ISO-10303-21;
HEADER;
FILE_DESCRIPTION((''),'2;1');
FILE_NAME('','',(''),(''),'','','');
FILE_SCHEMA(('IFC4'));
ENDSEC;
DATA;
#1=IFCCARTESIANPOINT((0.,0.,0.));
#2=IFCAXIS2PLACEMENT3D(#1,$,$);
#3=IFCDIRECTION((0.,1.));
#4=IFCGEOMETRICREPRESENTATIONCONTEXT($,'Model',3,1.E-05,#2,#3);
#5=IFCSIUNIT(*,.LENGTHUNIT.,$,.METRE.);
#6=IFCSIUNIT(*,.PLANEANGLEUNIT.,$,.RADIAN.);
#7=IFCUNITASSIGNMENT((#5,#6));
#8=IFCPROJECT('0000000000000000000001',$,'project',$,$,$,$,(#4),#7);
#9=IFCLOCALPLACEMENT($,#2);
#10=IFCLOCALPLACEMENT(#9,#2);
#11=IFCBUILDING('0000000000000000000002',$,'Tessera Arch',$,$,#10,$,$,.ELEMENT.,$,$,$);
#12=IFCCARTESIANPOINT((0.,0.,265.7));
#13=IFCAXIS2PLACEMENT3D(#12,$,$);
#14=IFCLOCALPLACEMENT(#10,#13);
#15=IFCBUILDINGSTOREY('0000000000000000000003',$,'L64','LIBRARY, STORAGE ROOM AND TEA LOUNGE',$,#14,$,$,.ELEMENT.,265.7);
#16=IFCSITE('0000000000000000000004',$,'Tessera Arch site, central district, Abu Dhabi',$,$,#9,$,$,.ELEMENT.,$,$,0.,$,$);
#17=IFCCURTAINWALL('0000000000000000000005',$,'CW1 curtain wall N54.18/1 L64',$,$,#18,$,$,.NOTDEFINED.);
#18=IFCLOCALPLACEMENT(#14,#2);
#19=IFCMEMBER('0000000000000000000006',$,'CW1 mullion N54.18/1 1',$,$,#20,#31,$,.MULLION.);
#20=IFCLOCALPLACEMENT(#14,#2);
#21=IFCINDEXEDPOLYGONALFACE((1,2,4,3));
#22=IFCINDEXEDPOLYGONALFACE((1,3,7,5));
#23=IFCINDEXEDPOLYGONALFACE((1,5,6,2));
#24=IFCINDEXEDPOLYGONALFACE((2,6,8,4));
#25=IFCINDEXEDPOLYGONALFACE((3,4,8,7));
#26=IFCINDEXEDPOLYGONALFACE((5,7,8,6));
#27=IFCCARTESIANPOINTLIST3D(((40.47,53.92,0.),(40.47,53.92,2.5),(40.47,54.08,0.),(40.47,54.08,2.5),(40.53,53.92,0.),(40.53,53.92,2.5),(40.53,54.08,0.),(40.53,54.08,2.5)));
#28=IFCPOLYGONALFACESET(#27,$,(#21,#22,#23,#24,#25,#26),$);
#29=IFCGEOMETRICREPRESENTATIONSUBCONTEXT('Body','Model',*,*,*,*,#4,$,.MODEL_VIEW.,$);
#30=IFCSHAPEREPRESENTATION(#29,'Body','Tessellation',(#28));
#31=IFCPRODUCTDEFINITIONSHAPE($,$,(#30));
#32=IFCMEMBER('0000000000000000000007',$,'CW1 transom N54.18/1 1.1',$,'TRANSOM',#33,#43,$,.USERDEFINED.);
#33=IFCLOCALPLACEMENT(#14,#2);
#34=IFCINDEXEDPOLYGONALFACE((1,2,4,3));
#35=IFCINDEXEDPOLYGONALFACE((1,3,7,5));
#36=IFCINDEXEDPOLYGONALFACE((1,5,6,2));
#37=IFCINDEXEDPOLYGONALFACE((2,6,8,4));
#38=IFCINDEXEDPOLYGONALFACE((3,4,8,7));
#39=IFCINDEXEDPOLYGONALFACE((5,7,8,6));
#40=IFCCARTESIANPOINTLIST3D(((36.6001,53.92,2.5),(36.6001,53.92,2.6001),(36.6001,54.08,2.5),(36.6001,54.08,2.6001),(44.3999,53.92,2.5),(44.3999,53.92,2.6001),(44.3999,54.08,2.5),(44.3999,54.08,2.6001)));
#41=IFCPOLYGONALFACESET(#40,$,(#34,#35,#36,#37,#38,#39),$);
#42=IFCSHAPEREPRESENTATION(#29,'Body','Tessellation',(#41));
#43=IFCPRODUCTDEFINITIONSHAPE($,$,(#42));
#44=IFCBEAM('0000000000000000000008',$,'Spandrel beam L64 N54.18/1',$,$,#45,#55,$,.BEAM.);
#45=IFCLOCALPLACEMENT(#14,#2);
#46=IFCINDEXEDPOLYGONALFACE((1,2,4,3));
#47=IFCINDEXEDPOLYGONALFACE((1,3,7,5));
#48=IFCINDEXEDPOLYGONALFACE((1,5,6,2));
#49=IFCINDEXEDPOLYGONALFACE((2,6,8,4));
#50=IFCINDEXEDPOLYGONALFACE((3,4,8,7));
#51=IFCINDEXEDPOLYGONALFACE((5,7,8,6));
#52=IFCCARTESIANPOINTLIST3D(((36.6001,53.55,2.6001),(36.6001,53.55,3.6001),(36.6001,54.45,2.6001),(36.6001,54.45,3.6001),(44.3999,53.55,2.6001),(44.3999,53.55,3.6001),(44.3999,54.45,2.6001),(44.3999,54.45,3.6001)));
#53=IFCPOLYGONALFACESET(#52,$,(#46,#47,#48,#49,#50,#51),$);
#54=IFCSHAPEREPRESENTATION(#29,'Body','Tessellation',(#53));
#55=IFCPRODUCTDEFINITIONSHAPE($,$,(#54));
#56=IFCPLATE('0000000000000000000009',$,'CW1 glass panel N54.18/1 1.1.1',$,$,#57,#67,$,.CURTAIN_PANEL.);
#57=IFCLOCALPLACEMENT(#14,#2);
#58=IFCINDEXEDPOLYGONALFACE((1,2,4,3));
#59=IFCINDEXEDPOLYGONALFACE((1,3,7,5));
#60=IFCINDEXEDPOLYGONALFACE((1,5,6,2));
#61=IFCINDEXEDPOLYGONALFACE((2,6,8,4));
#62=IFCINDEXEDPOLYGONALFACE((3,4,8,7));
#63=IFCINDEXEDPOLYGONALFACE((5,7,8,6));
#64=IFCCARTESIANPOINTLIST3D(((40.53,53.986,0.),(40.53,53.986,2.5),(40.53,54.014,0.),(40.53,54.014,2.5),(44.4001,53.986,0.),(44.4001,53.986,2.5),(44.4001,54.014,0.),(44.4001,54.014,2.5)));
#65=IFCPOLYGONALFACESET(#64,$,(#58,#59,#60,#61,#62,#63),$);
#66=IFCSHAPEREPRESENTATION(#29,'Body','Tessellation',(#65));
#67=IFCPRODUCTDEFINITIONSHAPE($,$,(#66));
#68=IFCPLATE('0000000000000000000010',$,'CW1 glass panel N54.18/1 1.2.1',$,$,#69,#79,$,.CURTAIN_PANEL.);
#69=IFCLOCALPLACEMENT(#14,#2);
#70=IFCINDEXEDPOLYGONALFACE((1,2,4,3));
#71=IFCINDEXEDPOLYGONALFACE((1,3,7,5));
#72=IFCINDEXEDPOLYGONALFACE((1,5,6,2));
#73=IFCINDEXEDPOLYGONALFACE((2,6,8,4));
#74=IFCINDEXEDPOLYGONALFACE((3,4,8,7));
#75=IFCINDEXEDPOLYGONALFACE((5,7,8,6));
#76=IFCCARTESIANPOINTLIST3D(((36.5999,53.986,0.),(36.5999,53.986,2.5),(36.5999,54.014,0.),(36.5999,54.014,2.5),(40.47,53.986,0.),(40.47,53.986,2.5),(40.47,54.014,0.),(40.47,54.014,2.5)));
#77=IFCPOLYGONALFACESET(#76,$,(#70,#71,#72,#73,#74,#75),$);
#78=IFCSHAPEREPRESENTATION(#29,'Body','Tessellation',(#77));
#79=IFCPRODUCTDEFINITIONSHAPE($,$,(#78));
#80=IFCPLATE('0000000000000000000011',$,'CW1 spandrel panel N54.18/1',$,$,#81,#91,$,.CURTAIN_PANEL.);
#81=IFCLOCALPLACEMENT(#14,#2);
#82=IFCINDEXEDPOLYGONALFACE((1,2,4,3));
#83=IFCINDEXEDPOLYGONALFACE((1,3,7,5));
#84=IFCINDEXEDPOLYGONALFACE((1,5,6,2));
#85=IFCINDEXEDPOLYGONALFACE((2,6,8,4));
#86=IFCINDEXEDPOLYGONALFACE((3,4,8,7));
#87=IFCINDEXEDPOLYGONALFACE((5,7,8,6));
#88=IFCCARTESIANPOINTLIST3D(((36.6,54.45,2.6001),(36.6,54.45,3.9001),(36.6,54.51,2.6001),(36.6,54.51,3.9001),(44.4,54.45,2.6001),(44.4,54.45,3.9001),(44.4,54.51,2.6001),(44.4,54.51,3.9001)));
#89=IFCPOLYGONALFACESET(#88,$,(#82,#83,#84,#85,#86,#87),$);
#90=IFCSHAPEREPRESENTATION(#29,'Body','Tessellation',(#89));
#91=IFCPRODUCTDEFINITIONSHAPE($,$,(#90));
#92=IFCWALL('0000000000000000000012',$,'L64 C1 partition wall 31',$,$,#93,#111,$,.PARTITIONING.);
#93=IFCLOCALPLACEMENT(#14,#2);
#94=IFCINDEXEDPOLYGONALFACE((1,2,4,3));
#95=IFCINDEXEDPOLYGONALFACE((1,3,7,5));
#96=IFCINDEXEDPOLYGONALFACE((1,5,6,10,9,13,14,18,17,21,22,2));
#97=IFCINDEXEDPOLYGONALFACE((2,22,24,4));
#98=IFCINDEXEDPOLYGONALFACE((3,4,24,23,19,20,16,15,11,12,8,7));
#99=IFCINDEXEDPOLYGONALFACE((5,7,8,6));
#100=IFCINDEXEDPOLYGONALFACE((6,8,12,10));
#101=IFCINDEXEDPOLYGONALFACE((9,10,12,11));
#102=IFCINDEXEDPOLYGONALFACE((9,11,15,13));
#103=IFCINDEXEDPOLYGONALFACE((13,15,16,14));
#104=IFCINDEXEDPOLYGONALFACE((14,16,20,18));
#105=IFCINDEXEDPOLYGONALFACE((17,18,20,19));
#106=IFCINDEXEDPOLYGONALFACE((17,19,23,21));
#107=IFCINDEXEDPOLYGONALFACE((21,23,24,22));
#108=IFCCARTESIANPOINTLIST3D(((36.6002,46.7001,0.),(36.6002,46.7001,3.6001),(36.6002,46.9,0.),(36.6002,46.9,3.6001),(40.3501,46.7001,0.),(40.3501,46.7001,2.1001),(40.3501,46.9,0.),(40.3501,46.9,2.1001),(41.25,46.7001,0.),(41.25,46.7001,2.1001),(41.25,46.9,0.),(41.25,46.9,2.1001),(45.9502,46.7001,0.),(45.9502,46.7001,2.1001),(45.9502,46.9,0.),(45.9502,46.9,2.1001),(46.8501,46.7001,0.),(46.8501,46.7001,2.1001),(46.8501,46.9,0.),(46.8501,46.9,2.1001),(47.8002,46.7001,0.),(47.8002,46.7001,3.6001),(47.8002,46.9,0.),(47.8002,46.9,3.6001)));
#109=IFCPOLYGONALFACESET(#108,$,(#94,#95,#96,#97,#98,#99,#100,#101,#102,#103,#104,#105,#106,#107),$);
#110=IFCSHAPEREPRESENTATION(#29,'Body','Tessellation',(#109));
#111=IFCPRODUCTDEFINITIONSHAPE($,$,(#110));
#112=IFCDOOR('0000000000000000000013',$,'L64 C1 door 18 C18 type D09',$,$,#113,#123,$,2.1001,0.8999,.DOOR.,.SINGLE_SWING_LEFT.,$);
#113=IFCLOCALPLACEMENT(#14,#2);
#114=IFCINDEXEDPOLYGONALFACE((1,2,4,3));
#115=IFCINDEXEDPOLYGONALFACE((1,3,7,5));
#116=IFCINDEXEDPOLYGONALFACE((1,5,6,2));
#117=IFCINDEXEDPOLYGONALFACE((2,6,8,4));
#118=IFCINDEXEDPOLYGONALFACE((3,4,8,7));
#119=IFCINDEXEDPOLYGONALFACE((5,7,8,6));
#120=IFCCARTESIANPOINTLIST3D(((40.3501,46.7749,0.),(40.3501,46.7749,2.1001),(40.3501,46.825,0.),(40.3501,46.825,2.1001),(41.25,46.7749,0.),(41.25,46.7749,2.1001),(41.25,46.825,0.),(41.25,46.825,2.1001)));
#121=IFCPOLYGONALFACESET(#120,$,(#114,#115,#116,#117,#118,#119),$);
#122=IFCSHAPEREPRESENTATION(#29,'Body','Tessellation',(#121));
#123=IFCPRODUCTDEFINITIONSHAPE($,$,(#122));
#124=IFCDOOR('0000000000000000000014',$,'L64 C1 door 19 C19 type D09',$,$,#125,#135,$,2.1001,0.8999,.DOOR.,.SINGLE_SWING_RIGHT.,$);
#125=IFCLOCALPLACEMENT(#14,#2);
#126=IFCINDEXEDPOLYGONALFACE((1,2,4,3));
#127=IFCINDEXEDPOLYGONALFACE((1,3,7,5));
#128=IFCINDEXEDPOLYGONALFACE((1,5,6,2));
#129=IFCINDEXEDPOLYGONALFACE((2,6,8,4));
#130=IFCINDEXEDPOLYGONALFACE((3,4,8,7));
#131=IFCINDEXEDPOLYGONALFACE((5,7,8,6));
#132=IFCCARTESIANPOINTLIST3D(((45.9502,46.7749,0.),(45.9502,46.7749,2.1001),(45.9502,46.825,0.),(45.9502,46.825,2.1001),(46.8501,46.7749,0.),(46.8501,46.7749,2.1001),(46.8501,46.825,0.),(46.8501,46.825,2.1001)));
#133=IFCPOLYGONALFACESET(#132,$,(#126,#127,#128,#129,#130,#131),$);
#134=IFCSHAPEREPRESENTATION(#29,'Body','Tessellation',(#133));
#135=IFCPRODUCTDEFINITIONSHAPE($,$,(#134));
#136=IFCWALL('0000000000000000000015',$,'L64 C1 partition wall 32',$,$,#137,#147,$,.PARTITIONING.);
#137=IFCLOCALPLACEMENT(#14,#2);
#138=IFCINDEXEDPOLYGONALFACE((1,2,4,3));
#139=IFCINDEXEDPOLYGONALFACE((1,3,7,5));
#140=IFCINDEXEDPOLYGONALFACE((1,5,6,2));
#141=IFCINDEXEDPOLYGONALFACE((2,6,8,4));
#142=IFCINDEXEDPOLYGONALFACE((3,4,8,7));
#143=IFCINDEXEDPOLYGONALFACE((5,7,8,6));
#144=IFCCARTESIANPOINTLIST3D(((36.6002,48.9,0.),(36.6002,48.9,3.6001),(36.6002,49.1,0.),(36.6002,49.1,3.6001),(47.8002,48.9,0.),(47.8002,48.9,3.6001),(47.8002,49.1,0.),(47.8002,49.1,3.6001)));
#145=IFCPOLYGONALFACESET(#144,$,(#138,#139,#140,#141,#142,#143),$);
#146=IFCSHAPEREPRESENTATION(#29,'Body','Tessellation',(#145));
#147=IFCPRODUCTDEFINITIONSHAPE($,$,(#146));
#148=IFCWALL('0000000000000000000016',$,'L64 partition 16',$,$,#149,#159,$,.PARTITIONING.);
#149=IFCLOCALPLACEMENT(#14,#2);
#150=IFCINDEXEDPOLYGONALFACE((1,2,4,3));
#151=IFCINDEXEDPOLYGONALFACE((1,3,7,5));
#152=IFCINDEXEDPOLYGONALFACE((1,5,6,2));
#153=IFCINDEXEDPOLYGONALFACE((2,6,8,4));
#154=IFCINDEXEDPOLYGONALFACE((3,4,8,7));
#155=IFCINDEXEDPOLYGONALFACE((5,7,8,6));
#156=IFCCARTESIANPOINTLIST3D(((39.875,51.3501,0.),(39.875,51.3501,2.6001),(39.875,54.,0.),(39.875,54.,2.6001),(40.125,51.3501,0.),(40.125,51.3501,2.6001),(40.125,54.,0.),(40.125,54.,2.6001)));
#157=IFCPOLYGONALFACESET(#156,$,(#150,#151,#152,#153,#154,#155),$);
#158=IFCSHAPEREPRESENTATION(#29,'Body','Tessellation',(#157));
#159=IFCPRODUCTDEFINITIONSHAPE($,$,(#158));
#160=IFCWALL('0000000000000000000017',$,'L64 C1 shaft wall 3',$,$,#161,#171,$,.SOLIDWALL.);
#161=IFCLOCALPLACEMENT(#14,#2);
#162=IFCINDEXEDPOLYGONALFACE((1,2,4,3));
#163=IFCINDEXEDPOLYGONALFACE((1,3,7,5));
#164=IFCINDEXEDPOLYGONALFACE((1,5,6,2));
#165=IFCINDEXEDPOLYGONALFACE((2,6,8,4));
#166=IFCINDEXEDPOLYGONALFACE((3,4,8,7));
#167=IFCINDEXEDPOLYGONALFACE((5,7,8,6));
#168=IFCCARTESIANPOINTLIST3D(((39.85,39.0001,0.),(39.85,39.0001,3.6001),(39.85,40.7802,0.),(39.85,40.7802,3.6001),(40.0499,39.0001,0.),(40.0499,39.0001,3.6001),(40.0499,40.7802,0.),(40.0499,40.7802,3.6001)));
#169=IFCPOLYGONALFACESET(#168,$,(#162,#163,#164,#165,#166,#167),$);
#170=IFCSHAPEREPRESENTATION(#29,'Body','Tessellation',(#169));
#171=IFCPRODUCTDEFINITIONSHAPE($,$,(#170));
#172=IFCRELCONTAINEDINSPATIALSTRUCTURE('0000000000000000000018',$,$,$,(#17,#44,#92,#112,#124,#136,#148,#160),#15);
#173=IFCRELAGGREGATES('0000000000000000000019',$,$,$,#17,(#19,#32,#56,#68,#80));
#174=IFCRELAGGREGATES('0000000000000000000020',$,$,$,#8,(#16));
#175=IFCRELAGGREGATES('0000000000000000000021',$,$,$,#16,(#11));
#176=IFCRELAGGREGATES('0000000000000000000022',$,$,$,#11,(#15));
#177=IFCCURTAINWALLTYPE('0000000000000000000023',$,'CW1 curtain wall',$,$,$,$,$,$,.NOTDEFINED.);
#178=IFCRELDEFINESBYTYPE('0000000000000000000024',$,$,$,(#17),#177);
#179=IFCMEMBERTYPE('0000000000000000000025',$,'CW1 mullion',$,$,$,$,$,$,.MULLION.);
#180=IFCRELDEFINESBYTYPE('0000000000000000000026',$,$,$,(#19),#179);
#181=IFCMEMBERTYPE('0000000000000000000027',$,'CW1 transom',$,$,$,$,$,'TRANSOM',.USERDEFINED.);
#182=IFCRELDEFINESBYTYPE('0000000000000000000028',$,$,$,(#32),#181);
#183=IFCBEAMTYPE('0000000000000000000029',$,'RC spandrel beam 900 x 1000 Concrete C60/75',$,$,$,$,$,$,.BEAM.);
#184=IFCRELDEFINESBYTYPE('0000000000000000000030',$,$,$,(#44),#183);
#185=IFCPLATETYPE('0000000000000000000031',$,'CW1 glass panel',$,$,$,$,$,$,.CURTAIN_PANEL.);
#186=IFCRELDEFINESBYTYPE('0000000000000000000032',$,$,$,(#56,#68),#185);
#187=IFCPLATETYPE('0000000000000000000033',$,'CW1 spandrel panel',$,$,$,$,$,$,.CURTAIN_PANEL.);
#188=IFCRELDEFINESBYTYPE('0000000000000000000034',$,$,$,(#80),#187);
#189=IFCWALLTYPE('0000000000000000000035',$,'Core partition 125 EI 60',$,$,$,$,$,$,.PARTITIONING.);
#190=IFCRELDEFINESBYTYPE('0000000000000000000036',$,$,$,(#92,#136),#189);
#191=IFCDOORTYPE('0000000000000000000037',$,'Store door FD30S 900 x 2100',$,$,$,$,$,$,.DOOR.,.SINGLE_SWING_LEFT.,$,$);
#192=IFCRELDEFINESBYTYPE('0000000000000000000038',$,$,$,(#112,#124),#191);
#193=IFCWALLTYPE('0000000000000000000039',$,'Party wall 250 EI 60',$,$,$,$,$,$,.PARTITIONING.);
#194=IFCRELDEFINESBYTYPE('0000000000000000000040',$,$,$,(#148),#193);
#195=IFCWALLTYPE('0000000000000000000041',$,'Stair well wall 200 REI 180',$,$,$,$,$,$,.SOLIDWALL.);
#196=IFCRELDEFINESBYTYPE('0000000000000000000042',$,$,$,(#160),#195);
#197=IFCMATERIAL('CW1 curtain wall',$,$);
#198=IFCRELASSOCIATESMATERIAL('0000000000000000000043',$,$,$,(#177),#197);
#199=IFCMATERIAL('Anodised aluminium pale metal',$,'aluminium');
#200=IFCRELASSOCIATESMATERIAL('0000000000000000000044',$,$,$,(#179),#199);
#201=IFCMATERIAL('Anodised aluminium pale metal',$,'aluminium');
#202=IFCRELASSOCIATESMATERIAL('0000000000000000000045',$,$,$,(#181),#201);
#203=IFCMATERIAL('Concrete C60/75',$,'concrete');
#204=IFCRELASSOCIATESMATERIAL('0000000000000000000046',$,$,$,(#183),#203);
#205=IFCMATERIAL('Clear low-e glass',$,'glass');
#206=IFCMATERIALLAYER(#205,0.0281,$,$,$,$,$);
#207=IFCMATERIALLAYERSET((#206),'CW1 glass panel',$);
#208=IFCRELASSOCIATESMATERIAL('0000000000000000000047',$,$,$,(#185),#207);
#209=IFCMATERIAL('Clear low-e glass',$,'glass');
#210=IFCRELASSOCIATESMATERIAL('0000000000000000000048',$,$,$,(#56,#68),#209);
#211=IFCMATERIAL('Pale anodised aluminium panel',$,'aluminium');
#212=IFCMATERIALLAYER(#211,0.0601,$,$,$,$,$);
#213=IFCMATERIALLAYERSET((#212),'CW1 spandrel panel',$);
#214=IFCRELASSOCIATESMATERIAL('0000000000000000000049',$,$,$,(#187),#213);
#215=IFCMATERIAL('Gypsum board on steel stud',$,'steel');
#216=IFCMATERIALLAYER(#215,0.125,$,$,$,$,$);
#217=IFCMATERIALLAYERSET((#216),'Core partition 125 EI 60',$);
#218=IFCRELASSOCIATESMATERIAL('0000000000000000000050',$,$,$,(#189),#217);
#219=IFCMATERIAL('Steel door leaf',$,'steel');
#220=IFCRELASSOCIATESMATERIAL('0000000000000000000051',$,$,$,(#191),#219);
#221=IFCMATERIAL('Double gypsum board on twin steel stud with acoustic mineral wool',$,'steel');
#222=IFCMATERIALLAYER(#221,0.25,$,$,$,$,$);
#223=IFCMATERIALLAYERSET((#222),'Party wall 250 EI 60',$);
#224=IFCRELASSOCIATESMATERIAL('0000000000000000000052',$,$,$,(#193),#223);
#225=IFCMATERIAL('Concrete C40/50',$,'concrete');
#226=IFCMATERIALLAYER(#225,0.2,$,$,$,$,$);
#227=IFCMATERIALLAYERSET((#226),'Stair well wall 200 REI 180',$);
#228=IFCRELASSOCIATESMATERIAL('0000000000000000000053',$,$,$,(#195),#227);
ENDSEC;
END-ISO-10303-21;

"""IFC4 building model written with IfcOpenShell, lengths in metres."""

from ifc_helpers import new_model, si_unit, direction, frame, frame_2d, origin, origin_2d, place, context, subcontext, project, spatial, rectangle, extrude, material, layer, layer_set, material_profile, profile_set, type_object, element, fill, aggregate, save


model = new_model("IFC4")

# Units and contexts
model_context = context("Model", 3, precision=1e-05, world=origin(), true_north=direction((0.0, 1.0)))
body_context = subcontext(model_context, "Body", "Model", "MODEL_VIEW")
ifc_project = project(units=[si_unit("LENGTHUNIT", "METRE"), si_unit("PLANEANGLEUNIT", "RADIAN")], contexts=[model_context])

# Site, building, storey
site_placement = place(None, origin())
site = spatial("IfcSite", under=ifc_project, at=site_placement, Name="Tessera Arch site, central district, Abu Dhabi", CompositionType="ELEMENT", RefElevation=0.0)
building_placement = place(site_placement, origin())
building = spatial("IfcBuilding", under=site, at=building_placement, Name="Tessera Arch", CompositionType="ELEMENT")
storey_placement = place(building_placement, frame((0.0, 0.0, 265.7)))
storey = spatial("IfcBuildingStorey", under=building, at=storey_placement, Name="L64", Description="LIBRARY, STORAGE ROOM AND TEA LOUNGE", CompositionType="ELEMENT", Elevation=265.7)

# Curtain wall, members
ifc_material_1 = material(Name="CW1 curtain wall")
curtain_wall_type = type_object("IfcCurtainWallType", Name="CW1 curtain wall", PredefinedType="NOTDEFINED", material=ifc_material_1)
curtain_wall_placement = place(storey_placement, origin())
curtain_wall = element("IfcCurtainWall", 1, at=curtain_wall_placement, inside=storey, type_object=curtain_wall_type, Name="CW1 curtain wall N54.18/1 L64", PredefinedType="NOTDEFINED")
ifc_material_2 = material(Name="Anodised aluminium pale metal", Category="aluminium")
ifc_material_profile_1 = material_profile(ifc_material_2, rectangle(XDim=0.1599, YDim=0.0601, at=origin_2d()), Name="AL 60x160")
ifc_profile_set_1 = profile_set([ifc_material_profile_1], Name="Anodised aluminium pale metal")
member_type_1 = type_object("IfcMemberType", Name="CW1 mullion", PredefinedType="MULLION", material=ifc_profile_set_1)
member_1_placement = place(storey_placement, frame((40.5, 54.0, 0.0), z_axis=(0.0, 0.0, 1.0), x_axis=(0.0, -1.0, 0.0)))
member_1 = element("IfcMember", 2, at=member_1_placement, type_object=member_type_1, Name="CW1 mullion N54.18/1 1", PredefinedType="MULLION", context=body_context, shape_type="SweptSolid", body=[
    extrude(rectangle(XDim=0.1599, YDim=0.0601, at=origin_2d()), origin(), (0.0, 0.0, 1.0), 2.5),
])
ifc_material_3 = material(Name="Anodised aluminium pale metal", Category="aluminium")
ifc_material_profile_2 = material_profile(ifc_material_3, rectangle(XDim=0.1599, YDim=0.1001, at=origin_2d()), Name="AL 160x100")
ifc_profile_set_2 = profile_set([ifc_material_profile_2], Name="Anodised aluminium pale metal")
member_type_2 = type_object("IfcMemberType", Name="CW1 transom", ElementType="TRANSOM", PredefinedType="USERDEFINED", material=ifc_profile_set_2)
member_2_placement = place(storey_placement, frame((44.3999, 54.0, 2.55), z_axis=(-1.0, 0.0, 0.0), x_axis=(0.0, -1.0, 0.0)))
member_2 = element("IfcMember", 3, at=member_2_placement, type_object=member_type_2, Name="CW1 transom N54.18/1 1.1", ObjectType="TRANSOM", PredefinedType="USERDEFINED", context=body_context, shape_type="SweptSolid", body=[
    extrude(rectangle(XDim=0.1599, YDim=0.1001, at=origin_2d()), origin(), (0.0, 0.0, 1.0), 7.7998),
])

# Beam
ifc_material_4 = material(Name="Concrete C60/75", Category="concrete")
ifc_material_profile_3 = material_profile(ifc_material_4, rectangle(XDim=0.8999, YDim=1.0, at=origin_2d()), Name="RC spandrel beam 900 x 1000 Concrete C60/75")
ifc_profile_set_3 = profile_set([ifc_material_profile_3], Name="Concrete C60/75")
beam_type = type_object("IfcBeamType", Name="RC spandrel beam 900 x 1000 Concrete C60/75", PredefinedType="BEAM", material=ifc_profile_set_3)
beam_placement = place(storey_placement, frame((44.3999, 54.0, 3.1001), z_axis=(-1.0, 0.0, 0.0), x_axis=(0.0, -1.0, 0.0)))
element("IfcBeam", 4, at=beam_placement, inside=storey, type_object=beam_type, Name="Spandrel beam L64 N54.18/1", PredefinedType="BEAM", context=body_context, shape_type="SweptSolid", body=[
    extrude(rectangle(XDim=0.8999, YDim=1.0, at=origin_2d()), origin(), (0.0, 0.0, 1.0), 7.7998),
])

# Plates
ifc_material_5 = material(Name="Clear low-e glass", Category="glass")
ifc_material_6 = material(Name="Clear low-e glass", Category="glass")
ifc_layer_1 = layer(ifc_material_6, 0.0281)
ifc_layer_set_1 = layer_set([ifc_layer_1], Name="CW1 glass panel")
plate_type_1 = type_object("IfcPlateType", Name="CW1 glass panel", PredefinedType="CURTAIN_PANEL", material=ifc_layer_set_1)
plate_1_placement = place(storey_placement, frame((42.4651, 54.0, 0.0), z_axis=(0.0, 0.0, 1.0), x_axis=(-1.0, 0.0, 0.0)))
plate_1 = element("IfcPlate", 5, at=plate_1_placement, type_object=plate_type_1, material=ifc_material_5, Name="CW1 glass panel N54.18/1 1.1.1", PredefinedType="CURTAIN_PANEL", context=body_context, shape_type="SweptSolid", body=[
    extrude(rectangle(XDim=3.8701, YDim=0.0281, at=origin_2d()), origin(), (0.0, 0.0, 1.0), 2.5),
])
plate_2_placement = place(storey_placement, frame((38.5349, 54.0, 0.0), z_axis=(0.0, 0.0, 1.0), x_axis=(-1.0, 0.0, 0.0)))
plate_2 = element("IfcPlate", 6, at=plate_2_placement, type_object=plate_type_1, material=ifc_material_5, Name="CW1 glass panel N54.18/1 1.2.1", PredefinedType="CURTAIN_PANEL", context=body_context, shape_type="SweptSolid", body=[
    extrude(rectangle(XDim=3.8701, YDim=0.0281, at=origin_2d()), origin(), (0.0, 0.0, 1.0), 2.5),
])
ifc_material_7 = material(Name="Pale anodised aluminium panel", Category="aluminium")
ifc_layer_2 = layer(ifc_material_7, 0.0601)
ifc_layer_set_2 = layer_set([ifc_layer_2], Name="CW1 spandrel panel")
plate_type_2 = type_object("IfcPlateType", Name="CW1 spandrel panel", PredefinedType="CURTAIN_PANEL", material=ifc_layer_set_2)
plate_3_placement = place(storey_placement, frame((40.5, 54.48, 2.6001), z_axis=(0.0, 0.0, 1.0), x_axis=(-1.0, 0.0, 0.0)))
plate_3 = element("IfcPlate", 7, at=plate_3_placement, type_object=plate_type_2, Name="CW1 spandrel panel N54.18/1", PredefinedType="CURTAIN_PANEL", context=body_context, shape_type="SweptSolid", body=[
    extrude(rectangle(XDim=7.8, YDim=0.0601, at=origin_2d()), origin(), (0.0, 0.0, 1.0), 1.3),
])
aggregate(curtain_wall, [member_1, member_2, plate_1, plate_2, plate_3])

# Wall, openings, doors
ifc_material_8 = material(Name="Gypsum board on steel stud", Category="steel")
ifc_layer_3 = layer(ifc_material_8, 0.125)
ifc_layer_set_3 = layer_set([ifc_layer_3], Name="Core partition 125 EI 60")
wall_type_1 = type_object("IfcWallType", Name="Core partition 125 EI 60", PredefinedType="PARTITIONING", material=ifc_layer_set_3)
wall_1_placement = place(storey_placement, frame((36.6001, 46.8, 0.0), z_axis=(0.0, 0.0, 1.0), x_axis=(1.0, 0.0, 0.0)))
wall_1 = element("IfcWall", 8, at=wall_1_placement, inside=storey, type_object=wall_type_1, Name="L64 C1 partition wall 31", PredefinedType="PARTITIONING", context=body_context, shape_type="SweptSolid", body=[
    extrude(rectangle(XDim=11.2, YDim=0.2, at=frame_2d((5.6001, 0.0))), origin(), (0.0, 0.0, 1.0), 3.6001),
])
opening_1_placement = place(wall_1_placement, frame((3.75, 0.0, 0.0)))
opening_1 = element("IfcOpeningElement", 9, at=opening_1_placement, cuts=wall_1, PredefinedType="OPENING", context=body_context, shape_type="SweptSolid", body=[
    extrude(rectangle(XDim=0.8999, YDim=2.1001, at=frame_2d((0.45, 1.05))), frame((0.0, 0.1099, 0.0), z_axis=(0.0, -1.0, 0.0), x_axis=(1.0, 0.0, 0.0)), (0.0, 0.0, 1.0), 0.22),
])
opening_2_placement = place(wall_1_placement, frame((9.3501, 0.0, 0.0)))
opening_2 = element("IfcOpeningElement", 10, at=opening_2_placement, cuts=wall_1, PredefinedType="OPENING", context=body_context, shape_type="SweptSolid", body=[
    extrude(rectangle(XDim=0.8999, YDim=2.1001, at=frame_2d((0.45, 1.05))), frame((0.0, 0.1099, 0.0), z_axis=(0.0, -1.0, 0.0), x_axis=(1.0, 0.0, 0.0)), (0.0, 0.0, 1.0), 0.22),
])
ifc_material_9 = material(Name="Steel door leaf", Category="steel")
door_type_1 = type_object("IfcDoorType", Name="Store door FD30S 900 x 2100", OperationType="SINGLE_SWING_LEFT", PredefinedType="DOOR", material=ifc_material_9)
door_1_placement = place(opening_1_placement, origin())
door_1 = element("IfcDoor", 11, at=door_1_placement, inside=storey, type_object=door_type_1, Name="L64 C1 door 18 C18 type D09", OperationType="SINGLE_SWING_LEFT", OverallHeight=2.1001, OverallWidth=0.8999, PredefinedType="DOOR", context=body_context, shape_type="SweptSolid", body=[
    extrude(rectangle(XDim=0.8999, YDim=2.1001, at=frame_2d((0.45, 1.05))), frame((0.0, 0.0249, 0.0), z_axis=(0.0, -1.0, 0.0), x_axis=(1.0, 0.0, 0.0)), (0.0, 0.0, 1.0), 0.05),
])
fill(opening_1, door_1)
door_2_placement = place(opening_2_placement, origin())
door_2 = element("IfcDoor", 12, at=door_2_placement, inside=storey, type_object=door_type_1, Name="L64 C1 door 19 C19 type D09", OperationType="SINGLE_SWING_RIGHT", OverallHeight=2.1001, OverallWidth=0.8999, PredefinedType="DOOR", context=body_context, shape_type="SweptSolid", body=[
    extrude(rectangle(XDim=0.8999, YDim=2.1001, at=frame_2d((0.45, 1.05))), frame((0.0, 0.0249, 0.0), z_axis=(0.0, -1.0, 0.0), x_axis=(1.0, 0.0, 0.0)), (0.0, 0.0, 1.0), 0.05),
])
fill(opening_2, door_2)

# Walls
wall_2_placement = place(storey_placement, frame((36.6001, 49.0, 0.0), z_axis=(0.0, 0.0, 1.0), x_axis=(1.0, 0.0, 0.0)))
element("IfcWall", 13, at=wall_2_placement, inside=storey, type_object=wall_type_1, Name="L64 C1 partition wall 32", PredefinedType="PARTITIONING", context=body_context, shape_type="SweptSolid", body=[
    extrude(rectangle(XDim=11.2, YDim=0.2, at=frame_2d((5.6001, 0.0))), origin(), (0.0, 0.0, 1.0), 3.6001),
])
ifc_material_10 = material(Name="Double gypsum board on twin steel stud with acoustic mineral wool", Category="steel")
ifc_layer_4 = layer(ifc_material_10, 0.25)
ifc_layer_set_4 = layer_set([ifc_layer_4], Name="Party wall 250 EI 60")
wall_type_2 = type_object("IfcWallType", Name="Party wall 250 EI 60", PredefinedType="PARTITIONING", material=ifc_layer_set_4)
wall_3_placement = place(storey_placement, frame((40.0, 51.3501, 0.0), z_axis=(0.0, 0.0, 1.0), x_axis=(0.0, 1.0, 0.0)))
element("IfcWall", 14, at=wall_3_placement, inside=storey, type_object=wall_type_2, Name="L64 partition 16", PredefinedType="PARTITIONING", context=body_context, shape_type="SweptSolid", body=[
    extrude(rectangle(XDim=2.6499, YDim=0.25, at=frame_2d((1.325, 0.0))), origin(), (0.0, 0.0, 1.0), 2.6001),
])
ifc_material_11 = material(Name="Concrete C40/50", Category="concrete")
ifc_layer_5 = layer(ifc_material_11, 0.2)
ifc_layer_set_5 = layer_set([ifc_layer_5], Name="Stair well wall 200 REI 180")
wall_type_3 = type_object("IfcWallType", Name="Stair well wall 200 REI 180", PredefinedType="SOLIDWALL", material=ifc_layer_set_5)
wall_4_placement = place(storey_placement, frame((39.95, 39.0, 0.0), z_axis=(0.0, 0.0, 1.0), x_axis=(0.0, 1.0, 0.0)))
element("IfcWall", 15, at=wall_4_placement, inside=storey, type_object=wall_type_3, Name="L64 C1 shaft wall 3", PredefinedType="SOLIDWALL", context=body_context, shape_type="SweptSolid", body=[
    extrude(rectangle(XDim=1.78, YDim=0.2, at=frame_2d((0.8901, 0.0))), origin(), (0.0, 0.0, 1.0), 3.6001),
])

save(model, "model.ifc")
